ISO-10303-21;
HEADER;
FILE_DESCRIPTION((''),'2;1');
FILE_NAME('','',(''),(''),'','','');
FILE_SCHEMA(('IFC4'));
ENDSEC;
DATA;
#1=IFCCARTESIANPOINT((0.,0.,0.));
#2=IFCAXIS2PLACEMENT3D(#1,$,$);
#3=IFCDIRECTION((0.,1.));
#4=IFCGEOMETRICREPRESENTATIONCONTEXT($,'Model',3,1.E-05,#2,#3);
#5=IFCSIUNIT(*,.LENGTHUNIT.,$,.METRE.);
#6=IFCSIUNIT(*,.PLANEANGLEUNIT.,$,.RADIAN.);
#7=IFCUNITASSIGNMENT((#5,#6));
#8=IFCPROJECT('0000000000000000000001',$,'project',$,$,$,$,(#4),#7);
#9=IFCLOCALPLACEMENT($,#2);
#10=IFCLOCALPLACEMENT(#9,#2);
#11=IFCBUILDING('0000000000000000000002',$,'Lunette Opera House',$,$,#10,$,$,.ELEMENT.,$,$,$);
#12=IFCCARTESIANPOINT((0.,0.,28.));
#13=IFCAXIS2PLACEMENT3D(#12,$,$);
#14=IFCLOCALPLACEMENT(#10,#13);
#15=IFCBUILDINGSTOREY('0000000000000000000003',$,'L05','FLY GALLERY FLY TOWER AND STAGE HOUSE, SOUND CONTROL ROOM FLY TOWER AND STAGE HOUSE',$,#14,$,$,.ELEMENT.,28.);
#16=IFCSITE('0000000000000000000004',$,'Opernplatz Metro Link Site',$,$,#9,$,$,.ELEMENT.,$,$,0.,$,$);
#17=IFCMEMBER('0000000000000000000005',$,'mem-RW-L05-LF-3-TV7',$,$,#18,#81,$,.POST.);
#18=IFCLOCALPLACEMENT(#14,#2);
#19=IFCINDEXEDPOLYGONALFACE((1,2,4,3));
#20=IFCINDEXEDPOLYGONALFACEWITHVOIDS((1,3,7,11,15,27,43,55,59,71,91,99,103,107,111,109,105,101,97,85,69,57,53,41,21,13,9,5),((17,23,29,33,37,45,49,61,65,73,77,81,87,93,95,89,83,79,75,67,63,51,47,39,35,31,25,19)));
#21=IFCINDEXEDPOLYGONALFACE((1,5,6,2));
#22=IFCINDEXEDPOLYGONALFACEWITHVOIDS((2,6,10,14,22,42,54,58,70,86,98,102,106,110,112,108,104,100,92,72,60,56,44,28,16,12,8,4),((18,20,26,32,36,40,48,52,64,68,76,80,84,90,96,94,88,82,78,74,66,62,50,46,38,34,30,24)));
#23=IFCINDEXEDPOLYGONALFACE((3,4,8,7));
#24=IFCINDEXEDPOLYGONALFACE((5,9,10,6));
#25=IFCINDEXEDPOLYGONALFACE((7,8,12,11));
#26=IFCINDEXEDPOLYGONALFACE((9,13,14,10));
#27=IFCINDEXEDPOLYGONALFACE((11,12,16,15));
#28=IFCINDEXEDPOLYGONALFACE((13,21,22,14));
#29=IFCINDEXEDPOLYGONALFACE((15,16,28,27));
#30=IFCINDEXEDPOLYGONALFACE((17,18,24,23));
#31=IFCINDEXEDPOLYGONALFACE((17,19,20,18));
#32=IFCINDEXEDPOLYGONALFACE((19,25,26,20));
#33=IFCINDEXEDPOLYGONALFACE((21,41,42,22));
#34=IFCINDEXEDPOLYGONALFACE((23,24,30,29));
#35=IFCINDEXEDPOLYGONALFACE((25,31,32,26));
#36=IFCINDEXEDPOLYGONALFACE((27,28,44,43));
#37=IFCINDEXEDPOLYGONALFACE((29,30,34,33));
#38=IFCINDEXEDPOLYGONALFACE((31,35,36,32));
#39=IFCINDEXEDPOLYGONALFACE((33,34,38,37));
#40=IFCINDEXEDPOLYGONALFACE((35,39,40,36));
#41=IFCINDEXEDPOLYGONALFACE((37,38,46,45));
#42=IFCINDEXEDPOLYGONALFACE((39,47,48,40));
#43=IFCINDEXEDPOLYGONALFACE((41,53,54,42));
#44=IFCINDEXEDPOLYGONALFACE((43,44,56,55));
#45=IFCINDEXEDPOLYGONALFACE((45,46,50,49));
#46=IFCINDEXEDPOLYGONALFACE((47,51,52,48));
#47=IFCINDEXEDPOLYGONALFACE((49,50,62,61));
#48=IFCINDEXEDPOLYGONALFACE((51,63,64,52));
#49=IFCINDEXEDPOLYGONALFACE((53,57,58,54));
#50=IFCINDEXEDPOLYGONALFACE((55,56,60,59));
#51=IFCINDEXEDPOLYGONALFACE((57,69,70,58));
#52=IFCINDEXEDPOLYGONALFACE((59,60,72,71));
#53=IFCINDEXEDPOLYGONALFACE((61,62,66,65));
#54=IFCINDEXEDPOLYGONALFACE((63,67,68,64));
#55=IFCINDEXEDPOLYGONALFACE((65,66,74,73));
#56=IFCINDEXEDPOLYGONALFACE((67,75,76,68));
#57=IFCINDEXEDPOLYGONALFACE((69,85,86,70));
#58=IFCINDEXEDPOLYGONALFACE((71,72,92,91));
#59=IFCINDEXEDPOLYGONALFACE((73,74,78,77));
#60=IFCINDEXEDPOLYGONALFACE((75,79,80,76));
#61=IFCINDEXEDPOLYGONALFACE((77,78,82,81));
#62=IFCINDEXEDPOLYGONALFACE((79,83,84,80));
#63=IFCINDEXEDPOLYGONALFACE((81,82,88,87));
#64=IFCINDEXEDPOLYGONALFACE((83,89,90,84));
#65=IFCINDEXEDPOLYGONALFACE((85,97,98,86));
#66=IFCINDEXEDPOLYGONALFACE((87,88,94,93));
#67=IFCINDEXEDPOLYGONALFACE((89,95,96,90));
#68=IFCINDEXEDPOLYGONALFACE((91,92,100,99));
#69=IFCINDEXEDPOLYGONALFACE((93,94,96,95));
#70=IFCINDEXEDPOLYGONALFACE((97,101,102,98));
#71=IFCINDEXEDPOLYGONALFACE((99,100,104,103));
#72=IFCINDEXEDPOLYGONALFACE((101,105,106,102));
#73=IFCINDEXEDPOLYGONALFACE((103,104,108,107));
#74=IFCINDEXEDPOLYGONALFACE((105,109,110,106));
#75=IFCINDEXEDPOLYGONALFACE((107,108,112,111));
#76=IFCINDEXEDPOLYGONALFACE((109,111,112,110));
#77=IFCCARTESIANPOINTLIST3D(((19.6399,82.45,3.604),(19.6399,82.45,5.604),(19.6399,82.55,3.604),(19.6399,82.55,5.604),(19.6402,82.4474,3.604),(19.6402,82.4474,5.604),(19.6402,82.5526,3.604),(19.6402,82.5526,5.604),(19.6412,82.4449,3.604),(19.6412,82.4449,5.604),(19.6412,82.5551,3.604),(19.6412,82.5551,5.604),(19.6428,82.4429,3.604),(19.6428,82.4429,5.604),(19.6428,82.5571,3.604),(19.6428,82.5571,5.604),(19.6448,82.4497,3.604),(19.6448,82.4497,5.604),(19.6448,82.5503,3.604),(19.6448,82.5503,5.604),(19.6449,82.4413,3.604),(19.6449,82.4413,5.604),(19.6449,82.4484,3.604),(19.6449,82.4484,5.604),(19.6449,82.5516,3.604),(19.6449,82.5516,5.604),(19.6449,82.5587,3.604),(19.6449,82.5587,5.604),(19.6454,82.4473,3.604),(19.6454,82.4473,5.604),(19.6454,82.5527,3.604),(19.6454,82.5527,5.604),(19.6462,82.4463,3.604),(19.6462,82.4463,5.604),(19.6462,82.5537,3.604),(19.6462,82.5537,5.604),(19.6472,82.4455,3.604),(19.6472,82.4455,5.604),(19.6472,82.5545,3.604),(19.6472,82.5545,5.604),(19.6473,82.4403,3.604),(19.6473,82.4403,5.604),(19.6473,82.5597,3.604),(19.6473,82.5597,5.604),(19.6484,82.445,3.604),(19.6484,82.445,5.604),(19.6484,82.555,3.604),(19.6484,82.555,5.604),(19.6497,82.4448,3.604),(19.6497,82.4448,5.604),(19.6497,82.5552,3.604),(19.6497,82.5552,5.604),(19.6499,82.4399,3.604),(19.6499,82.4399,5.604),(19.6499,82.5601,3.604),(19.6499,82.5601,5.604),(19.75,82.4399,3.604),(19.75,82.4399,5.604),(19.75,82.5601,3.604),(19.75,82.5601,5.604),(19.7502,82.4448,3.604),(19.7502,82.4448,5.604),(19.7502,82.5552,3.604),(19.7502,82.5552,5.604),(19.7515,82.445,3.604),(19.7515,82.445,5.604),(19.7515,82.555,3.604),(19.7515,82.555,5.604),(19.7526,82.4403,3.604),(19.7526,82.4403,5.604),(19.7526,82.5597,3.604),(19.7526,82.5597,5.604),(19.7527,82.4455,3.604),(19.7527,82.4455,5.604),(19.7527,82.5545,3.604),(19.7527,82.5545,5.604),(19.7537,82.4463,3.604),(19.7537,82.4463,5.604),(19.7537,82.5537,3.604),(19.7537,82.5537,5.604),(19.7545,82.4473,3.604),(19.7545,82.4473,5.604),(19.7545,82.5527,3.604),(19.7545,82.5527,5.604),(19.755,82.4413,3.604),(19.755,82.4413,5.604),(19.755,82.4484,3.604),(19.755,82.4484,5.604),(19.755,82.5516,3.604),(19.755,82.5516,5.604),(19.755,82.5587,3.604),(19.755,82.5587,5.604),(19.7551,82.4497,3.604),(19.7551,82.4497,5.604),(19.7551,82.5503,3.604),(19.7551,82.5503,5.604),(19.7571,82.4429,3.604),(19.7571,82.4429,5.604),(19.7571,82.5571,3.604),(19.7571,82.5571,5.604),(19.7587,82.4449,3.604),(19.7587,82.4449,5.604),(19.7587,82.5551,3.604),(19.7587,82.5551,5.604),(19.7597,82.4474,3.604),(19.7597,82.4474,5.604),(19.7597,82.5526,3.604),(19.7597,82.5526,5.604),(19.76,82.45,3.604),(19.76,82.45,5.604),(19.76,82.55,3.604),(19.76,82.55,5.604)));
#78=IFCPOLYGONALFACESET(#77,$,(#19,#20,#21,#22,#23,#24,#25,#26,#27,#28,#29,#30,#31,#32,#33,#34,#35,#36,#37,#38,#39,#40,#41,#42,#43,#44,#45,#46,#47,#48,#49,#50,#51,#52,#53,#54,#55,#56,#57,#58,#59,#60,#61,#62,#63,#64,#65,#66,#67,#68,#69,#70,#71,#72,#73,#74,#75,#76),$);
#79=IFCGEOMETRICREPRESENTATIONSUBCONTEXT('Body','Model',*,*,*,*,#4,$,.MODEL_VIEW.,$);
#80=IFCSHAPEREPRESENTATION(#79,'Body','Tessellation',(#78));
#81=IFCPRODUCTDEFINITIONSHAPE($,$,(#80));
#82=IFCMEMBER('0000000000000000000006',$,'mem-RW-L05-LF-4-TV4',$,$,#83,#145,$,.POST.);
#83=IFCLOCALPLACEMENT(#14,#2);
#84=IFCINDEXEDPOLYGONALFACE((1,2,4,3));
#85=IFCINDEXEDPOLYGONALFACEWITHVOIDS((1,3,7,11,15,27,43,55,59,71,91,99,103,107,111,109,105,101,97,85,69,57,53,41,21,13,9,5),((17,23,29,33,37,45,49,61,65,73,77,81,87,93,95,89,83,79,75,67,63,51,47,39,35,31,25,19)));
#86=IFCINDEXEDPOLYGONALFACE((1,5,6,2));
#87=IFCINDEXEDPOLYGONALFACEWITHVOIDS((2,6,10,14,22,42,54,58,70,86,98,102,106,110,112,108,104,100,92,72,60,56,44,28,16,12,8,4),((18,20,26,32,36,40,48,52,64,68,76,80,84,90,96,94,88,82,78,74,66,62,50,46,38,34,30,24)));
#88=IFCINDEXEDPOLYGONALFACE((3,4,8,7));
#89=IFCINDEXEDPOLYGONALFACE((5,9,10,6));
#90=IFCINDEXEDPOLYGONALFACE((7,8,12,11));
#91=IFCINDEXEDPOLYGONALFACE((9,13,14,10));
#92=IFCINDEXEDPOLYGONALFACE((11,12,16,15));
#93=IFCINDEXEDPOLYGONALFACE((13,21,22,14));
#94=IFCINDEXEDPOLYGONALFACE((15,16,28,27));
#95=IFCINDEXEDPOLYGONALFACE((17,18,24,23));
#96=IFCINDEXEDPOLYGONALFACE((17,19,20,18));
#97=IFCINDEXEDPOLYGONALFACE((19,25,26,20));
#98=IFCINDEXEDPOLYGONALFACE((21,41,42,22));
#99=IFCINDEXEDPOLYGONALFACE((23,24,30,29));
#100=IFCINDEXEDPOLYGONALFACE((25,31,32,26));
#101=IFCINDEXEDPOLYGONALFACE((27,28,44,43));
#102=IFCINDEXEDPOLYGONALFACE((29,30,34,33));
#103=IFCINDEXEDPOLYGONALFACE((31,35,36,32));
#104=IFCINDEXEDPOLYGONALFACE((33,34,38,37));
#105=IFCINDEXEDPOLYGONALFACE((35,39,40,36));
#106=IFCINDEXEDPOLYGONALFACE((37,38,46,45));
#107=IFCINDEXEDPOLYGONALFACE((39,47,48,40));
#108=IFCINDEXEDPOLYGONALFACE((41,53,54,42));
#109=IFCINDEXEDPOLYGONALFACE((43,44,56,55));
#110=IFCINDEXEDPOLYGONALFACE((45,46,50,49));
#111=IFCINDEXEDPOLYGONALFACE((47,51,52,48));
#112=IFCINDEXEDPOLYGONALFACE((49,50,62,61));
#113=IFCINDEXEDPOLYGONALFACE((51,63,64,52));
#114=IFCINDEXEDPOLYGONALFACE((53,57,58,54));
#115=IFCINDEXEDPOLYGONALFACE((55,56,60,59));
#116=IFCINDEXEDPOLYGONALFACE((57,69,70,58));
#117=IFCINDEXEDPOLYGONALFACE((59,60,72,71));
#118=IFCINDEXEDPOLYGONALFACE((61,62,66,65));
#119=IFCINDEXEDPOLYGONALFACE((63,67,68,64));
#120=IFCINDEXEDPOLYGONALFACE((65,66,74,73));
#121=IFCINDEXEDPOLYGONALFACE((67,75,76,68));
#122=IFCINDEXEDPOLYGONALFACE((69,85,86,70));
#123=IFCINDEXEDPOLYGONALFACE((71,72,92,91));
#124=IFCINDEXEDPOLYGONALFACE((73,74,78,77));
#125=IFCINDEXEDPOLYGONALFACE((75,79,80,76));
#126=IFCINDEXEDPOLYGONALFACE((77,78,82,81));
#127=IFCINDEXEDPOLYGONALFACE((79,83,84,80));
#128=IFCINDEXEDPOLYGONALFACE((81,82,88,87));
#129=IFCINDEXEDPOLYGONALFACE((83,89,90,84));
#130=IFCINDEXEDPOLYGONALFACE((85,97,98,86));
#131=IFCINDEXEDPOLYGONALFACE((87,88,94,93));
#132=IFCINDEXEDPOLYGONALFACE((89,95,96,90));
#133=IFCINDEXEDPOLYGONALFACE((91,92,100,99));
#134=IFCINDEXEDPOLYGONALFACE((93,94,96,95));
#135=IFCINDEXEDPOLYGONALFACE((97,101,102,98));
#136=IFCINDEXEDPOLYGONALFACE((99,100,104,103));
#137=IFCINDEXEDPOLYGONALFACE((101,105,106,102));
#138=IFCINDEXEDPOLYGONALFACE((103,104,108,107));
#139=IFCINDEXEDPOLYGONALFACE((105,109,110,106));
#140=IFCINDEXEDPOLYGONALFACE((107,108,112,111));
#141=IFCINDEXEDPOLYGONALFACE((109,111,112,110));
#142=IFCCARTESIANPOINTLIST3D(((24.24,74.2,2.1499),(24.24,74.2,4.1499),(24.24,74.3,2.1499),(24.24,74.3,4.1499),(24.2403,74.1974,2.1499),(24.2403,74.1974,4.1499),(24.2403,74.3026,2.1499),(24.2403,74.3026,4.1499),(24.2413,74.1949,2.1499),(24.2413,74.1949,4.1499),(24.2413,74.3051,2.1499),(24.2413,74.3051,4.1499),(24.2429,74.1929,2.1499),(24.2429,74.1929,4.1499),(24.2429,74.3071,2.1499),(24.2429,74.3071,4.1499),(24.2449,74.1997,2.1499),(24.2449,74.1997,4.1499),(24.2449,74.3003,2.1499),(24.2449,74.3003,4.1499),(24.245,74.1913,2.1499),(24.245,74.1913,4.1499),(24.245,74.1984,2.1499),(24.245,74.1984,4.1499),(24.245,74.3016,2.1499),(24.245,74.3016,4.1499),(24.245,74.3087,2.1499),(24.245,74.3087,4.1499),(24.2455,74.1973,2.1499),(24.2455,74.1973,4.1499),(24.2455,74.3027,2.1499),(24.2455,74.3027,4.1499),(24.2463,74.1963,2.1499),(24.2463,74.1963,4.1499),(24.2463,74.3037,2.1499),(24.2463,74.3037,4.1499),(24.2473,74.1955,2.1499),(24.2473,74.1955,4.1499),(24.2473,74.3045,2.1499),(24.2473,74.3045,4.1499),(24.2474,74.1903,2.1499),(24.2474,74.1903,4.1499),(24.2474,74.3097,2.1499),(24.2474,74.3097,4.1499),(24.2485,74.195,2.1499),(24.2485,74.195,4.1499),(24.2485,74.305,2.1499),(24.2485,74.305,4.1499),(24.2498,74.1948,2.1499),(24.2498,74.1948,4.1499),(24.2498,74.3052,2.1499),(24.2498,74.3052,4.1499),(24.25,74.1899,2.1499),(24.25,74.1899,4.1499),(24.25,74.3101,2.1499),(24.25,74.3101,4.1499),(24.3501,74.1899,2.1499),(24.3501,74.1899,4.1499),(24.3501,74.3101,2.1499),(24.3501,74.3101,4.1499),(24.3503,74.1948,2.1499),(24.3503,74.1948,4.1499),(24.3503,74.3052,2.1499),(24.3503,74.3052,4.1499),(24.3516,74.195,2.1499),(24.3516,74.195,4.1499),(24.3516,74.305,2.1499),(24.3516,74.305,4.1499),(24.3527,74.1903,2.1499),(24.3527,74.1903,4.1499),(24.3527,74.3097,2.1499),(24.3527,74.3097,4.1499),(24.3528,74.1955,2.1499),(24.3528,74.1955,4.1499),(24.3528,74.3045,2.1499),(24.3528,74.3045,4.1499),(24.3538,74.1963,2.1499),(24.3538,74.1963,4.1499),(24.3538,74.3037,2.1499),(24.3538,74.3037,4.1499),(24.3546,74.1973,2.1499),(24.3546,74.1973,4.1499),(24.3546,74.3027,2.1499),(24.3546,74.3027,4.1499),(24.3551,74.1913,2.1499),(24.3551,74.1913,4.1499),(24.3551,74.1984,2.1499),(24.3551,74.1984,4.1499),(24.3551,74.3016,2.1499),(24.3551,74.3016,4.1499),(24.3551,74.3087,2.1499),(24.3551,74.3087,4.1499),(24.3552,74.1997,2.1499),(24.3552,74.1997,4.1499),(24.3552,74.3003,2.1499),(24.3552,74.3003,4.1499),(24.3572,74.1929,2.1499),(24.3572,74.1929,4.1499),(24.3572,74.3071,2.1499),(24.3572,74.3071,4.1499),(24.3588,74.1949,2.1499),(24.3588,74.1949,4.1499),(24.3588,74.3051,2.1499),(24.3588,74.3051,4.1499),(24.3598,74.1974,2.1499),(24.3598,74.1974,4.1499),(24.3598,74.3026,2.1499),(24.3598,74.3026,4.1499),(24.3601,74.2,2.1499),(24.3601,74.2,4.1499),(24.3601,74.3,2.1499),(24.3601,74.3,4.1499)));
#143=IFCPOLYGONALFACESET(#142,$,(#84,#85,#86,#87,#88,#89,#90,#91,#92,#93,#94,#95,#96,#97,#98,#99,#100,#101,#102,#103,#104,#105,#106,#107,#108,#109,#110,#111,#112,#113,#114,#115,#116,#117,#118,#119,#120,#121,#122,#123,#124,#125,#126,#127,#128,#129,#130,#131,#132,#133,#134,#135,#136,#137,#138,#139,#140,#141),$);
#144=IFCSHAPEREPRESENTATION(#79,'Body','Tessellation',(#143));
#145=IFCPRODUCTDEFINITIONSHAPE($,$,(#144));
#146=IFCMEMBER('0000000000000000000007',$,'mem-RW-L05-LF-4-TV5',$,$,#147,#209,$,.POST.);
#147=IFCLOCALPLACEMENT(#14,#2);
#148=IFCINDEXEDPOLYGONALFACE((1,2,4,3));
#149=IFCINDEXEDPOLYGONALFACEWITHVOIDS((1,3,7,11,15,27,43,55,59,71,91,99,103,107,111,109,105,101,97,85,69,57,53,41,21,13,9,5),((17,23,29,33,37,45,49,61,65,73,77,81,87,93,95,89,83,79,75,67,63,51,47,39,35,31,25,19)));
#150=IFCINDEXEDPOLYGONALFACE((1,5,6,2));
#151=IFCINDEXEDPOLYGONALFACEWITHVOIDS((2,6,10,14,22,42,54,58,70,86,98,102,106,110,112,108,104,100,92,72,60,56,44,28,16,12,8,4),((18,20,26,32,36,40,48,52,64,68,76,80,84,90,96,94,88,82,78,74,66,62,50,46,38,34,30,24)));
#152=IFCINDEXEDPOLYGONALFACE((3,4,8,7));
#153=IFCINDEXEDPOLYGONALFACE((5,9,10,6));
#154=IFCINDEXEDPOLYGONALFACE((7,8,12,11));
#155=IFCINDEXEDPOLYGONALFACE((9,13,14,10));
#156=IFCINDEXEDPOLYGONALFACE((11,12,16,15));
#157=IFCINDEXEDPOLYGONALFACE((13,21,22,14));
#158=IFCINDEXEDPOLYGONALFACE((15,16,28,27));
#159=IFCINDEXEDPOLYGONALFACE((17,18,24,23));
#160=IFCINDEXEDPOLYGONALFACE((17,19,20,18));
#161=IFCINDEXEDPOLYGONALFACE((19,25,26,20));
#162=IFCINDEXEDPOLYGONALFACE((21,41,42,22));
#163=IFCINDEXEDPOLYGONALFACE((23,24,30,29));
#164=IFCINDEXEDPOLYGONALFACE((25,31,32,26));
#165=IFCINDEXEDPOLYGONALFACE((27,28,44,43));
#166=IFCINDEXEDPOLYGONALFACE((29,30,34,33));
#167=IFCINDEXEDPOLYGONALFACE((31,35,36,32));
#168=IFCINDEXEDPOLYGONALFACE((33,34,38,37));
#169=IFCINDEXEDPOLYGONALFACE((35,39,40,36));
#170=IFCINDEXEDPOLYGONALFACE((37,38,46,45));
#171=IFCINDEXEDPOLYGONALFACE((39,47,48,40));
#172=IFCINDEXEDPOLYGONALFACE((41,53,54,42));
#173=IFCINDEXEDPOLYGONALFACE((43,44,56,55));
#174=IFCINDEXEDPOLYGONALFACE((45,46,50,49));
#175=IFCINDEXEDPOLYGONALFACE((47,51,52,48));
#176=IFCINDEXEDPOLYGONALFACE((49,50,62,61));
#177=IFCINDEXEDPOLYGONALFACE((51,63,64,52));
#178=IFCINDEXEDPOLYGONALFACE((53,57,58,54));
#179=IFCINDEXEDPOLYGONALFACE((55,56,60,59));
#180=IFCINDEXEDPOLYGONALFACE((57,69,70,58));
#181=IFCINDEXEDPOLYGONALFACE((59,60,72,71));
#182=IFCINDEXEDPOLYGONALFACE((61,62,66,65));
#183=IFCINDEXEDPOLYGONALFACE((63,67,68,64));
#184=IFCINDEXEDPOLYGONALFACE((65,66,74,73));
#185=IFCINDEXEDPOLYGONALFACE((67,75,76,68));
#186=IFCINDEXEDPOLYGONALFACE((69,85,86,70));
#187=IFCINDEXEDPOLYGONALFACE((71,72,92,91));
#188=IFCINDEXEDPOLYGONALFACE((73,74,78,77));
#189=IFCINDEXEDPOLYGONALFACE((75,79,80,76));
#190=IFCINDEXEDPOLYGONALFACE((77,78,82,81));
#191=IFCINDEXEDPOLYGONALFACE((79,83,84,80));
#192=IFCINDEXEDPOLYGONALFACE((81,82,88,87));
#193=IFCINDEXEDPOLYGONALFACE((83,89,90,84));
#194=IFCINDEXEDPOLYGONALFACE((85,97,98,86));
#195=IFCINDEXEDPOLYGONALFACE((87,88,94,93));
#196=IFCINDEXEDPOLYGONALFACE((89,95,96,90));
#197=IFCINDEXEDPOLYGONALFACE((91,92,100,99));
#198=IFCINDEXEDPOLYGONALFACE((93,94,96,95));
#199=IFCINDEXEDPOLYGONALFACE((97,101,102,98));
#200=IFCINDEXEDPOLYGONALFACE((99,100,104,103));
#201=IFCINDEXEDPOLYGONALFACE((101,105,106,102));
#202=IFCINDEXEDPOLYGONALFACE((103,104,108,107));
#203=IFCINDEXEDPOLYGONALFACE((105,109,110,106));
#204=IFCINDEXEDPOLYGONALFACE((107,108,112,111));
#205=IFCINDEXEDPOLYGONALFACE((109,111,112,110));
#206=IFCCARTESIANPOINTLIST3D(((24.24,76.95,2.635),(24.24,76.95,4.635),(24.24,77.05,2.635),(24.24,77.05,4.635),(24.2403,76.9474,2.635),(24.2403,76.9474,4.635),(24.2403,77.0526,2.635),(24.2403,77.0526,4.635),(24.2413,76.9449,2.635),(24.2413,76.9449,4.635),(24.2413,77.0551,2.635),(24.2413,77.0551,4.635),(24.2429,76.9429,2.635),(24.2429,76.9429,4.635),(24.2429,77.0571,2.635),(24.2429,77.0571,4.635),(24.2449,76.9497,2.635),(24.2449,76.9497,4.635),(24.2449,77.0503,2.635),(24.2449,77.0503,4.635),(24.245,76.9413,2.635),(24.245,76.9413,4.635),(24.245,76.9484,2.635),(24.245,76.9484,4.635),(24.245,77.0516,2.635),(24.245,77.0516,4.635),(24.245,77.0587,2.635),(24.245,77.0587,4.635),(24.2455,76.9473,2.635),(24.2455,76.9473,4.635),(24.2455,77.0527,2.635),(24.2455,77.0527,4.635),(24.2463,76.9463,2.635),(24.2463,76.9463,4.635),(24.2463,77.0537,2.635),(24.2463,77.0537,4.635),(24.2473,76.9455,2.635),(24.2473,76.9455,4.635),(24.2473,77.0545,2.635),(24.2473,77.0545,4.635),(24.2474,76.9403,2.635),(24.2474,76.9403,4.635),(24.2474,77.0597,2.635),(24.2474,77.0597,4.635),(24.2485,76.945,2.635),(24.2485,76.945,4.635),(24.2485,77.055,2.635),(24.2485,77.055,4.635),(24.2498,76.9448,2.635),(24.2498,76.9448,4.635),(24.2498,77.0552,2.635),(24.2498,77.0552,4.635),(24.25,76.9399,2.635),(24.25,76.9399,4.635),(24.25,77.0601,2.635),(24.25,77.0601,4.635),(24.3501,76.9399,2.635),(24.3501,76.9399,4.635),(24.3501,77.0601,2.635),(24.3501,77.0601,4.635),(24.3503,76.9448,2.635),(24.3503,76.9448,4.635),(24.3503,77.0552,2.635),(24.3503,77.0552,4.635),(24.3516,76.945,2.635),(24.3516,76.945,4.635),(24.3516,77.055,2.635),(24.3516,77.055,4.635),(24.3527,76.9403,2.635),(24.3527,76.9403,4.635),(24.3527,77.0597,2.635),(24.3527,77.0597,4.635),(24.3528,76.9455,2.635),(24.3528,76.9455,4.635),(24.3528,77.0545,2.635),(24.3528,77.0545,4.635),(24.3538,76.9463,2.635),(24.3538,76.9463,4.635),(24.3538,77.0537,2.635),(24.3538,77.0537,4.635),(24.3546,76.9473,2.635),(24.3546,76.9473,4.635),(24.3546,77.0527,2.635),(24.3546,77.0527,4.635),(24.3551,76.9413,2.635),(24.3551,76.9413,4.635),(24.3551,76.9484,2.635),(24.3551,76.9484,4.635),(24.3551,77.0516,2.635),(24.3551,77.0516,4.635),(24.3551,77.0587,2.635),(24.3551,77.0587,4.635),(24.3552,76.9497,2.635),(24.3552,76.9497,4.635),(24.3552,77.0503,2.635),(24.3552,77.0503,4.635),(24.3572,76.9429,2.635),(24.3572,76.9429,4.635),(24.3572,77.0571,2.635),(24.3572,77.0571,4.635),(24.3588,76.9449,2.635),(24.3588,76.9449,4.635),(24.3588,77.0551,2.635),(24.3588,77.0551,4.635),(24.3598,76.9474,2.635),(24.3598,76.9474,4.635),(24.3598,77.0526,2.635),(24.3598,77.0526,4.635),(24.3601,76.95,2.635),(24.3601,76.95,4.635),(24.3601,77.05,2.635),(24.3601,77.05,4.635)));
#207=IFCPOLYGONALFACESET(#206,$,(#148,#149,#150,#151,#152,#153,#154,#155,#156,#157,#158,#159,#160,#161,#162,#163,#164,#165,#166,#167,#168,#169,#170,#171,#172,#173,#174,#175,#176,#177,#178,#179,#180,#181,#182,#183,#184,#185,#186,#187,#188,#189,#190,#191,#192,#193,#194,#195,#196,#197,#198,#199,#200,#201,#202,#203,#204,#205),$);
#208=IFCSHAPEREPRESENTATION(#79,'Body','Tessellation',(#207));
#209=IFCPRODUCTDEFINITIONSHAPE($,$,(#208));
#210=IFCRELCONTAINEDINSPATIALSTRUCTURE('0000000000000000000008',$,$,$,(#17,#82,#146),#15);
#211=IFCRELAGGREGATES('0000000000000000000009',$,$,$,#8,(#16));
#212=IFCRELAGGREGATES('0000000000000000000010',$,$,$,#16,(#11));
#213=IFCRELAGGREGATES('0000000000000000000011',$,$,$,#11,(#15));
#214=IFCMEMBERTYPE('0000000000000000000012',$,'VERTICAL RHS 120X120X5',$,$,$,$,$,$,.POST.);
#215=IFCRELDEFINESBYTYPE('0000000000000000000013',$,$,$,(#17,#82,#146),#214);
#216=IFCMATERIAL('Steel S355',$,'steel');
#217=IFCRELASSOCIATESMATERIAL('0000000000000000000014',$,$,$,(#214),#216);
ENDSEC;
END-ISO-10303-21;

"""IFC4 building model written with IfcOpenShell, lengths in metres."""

from ifc_helpers import new_model, si_unit, direction, frame, origin, origin_2d, place, context, subcontext, project, spatial, hollow_rectangle, extrude, material, material_profile, profile_set, type_object, element, save


model = new_model("IFC4")

# Units and contexts
model_context = context("Model", 3, precision=1e-05, world=origin(), true_north=direction((0.0, 1.0)))
body_context = subcontext(model_context, "Body", "Model", "MODEL_VIEW")
ifc_project = project(units=[si_unit("LENGTHUNIT", "METRE"), si_unit("PLANEANGLEUNIT", "RADIAN")], contexts=[model_context])

# Site, building, storey
site_placement = place(None, origin())
site = spatial("IfcSite", under=ifc_project, at=site_placement, Name="Opernplatz Metro Link Site", CompositionType="ELEMENT", RefElevation=0.0)
building_placement = place(site_placement, origin())
building = spatial("IfcBuilding", under=site, at=building_placement, Name="Lunette Opera House", CompositionType="ELEMENT")
storey_placement = place(building_placement, frame((0.0, 0.0, 28.0)))
storey = spatial("IfcBuildingStorey", under=building, at=storey_placement, Name="L05", Description="FLY GALLERY FLY TOWER AND STAGE HOUSE, SOUND CONTROL ROOM FLY TOWER AND STAGE HOUSE", CompositionType="ELEMENT", Elevation=28.0)

# Members
ifc_material_1 = material(Name="Steel S355", Category="steel")
ifc_material_profile_1 = material_profile(ifc_material_1, hollow_rectangle(XDim=0.1201, YDim=0.1201, WallThickness=0.0049, InnerFilletRadius=0.0049, OuterFilletRadius=0.01, at=origin_2d()), Name="RHS 120X120X5")
ifc_profile_set_1 = profile_set([ifc_material_profile_1], Name="Steel S355")
member_type_1 = type_object("IfcMemberType", Name="VERTICAL RHS 120X120X5", PredefinedType="POST", material=ifc_profile_set_1)
for number, where, z_axis, x_axis, name in (
    (1, (19.7, 82.5, 3.604), (0.0, 0.0, 1.0), (1.0, 0.0, 0.0), "mem-RW-L05-LF-3-TV7"),
    (2, (24.3, 74.25, 2.1499), (0.0, 0.0, 1.0), (1.0, 0.0, 0.0), "mem-RW-L05-LF-4-TV4"),
    (3, (24.3, 77.0, 2.635), (0.0, 0.0, 1.0), (1.0, 0.0, 0.0), "mem-RW-L05-LF-4-TV5"),
):
    element("IfcMember", number, at=place(storey_placement, frame(where, z_axis=z_axis, x_axis=x_axis)), inside=storey, type_object=member_type_1, Name=name, PredefinedType="POST", context=body_context, shape_type="SweptSolid", body=[
        extrude(hollow_rectangle(XDim=0.1201, YDim=0.1201, WallThickness=0.0049, InnerFilletRadius=0.0049, OuterFilletRadius=0.01, at=origin_2d()), origin(), (0.0, 0.0, 1.0), 2.0),
    ])

save(model, "model.ifc")
